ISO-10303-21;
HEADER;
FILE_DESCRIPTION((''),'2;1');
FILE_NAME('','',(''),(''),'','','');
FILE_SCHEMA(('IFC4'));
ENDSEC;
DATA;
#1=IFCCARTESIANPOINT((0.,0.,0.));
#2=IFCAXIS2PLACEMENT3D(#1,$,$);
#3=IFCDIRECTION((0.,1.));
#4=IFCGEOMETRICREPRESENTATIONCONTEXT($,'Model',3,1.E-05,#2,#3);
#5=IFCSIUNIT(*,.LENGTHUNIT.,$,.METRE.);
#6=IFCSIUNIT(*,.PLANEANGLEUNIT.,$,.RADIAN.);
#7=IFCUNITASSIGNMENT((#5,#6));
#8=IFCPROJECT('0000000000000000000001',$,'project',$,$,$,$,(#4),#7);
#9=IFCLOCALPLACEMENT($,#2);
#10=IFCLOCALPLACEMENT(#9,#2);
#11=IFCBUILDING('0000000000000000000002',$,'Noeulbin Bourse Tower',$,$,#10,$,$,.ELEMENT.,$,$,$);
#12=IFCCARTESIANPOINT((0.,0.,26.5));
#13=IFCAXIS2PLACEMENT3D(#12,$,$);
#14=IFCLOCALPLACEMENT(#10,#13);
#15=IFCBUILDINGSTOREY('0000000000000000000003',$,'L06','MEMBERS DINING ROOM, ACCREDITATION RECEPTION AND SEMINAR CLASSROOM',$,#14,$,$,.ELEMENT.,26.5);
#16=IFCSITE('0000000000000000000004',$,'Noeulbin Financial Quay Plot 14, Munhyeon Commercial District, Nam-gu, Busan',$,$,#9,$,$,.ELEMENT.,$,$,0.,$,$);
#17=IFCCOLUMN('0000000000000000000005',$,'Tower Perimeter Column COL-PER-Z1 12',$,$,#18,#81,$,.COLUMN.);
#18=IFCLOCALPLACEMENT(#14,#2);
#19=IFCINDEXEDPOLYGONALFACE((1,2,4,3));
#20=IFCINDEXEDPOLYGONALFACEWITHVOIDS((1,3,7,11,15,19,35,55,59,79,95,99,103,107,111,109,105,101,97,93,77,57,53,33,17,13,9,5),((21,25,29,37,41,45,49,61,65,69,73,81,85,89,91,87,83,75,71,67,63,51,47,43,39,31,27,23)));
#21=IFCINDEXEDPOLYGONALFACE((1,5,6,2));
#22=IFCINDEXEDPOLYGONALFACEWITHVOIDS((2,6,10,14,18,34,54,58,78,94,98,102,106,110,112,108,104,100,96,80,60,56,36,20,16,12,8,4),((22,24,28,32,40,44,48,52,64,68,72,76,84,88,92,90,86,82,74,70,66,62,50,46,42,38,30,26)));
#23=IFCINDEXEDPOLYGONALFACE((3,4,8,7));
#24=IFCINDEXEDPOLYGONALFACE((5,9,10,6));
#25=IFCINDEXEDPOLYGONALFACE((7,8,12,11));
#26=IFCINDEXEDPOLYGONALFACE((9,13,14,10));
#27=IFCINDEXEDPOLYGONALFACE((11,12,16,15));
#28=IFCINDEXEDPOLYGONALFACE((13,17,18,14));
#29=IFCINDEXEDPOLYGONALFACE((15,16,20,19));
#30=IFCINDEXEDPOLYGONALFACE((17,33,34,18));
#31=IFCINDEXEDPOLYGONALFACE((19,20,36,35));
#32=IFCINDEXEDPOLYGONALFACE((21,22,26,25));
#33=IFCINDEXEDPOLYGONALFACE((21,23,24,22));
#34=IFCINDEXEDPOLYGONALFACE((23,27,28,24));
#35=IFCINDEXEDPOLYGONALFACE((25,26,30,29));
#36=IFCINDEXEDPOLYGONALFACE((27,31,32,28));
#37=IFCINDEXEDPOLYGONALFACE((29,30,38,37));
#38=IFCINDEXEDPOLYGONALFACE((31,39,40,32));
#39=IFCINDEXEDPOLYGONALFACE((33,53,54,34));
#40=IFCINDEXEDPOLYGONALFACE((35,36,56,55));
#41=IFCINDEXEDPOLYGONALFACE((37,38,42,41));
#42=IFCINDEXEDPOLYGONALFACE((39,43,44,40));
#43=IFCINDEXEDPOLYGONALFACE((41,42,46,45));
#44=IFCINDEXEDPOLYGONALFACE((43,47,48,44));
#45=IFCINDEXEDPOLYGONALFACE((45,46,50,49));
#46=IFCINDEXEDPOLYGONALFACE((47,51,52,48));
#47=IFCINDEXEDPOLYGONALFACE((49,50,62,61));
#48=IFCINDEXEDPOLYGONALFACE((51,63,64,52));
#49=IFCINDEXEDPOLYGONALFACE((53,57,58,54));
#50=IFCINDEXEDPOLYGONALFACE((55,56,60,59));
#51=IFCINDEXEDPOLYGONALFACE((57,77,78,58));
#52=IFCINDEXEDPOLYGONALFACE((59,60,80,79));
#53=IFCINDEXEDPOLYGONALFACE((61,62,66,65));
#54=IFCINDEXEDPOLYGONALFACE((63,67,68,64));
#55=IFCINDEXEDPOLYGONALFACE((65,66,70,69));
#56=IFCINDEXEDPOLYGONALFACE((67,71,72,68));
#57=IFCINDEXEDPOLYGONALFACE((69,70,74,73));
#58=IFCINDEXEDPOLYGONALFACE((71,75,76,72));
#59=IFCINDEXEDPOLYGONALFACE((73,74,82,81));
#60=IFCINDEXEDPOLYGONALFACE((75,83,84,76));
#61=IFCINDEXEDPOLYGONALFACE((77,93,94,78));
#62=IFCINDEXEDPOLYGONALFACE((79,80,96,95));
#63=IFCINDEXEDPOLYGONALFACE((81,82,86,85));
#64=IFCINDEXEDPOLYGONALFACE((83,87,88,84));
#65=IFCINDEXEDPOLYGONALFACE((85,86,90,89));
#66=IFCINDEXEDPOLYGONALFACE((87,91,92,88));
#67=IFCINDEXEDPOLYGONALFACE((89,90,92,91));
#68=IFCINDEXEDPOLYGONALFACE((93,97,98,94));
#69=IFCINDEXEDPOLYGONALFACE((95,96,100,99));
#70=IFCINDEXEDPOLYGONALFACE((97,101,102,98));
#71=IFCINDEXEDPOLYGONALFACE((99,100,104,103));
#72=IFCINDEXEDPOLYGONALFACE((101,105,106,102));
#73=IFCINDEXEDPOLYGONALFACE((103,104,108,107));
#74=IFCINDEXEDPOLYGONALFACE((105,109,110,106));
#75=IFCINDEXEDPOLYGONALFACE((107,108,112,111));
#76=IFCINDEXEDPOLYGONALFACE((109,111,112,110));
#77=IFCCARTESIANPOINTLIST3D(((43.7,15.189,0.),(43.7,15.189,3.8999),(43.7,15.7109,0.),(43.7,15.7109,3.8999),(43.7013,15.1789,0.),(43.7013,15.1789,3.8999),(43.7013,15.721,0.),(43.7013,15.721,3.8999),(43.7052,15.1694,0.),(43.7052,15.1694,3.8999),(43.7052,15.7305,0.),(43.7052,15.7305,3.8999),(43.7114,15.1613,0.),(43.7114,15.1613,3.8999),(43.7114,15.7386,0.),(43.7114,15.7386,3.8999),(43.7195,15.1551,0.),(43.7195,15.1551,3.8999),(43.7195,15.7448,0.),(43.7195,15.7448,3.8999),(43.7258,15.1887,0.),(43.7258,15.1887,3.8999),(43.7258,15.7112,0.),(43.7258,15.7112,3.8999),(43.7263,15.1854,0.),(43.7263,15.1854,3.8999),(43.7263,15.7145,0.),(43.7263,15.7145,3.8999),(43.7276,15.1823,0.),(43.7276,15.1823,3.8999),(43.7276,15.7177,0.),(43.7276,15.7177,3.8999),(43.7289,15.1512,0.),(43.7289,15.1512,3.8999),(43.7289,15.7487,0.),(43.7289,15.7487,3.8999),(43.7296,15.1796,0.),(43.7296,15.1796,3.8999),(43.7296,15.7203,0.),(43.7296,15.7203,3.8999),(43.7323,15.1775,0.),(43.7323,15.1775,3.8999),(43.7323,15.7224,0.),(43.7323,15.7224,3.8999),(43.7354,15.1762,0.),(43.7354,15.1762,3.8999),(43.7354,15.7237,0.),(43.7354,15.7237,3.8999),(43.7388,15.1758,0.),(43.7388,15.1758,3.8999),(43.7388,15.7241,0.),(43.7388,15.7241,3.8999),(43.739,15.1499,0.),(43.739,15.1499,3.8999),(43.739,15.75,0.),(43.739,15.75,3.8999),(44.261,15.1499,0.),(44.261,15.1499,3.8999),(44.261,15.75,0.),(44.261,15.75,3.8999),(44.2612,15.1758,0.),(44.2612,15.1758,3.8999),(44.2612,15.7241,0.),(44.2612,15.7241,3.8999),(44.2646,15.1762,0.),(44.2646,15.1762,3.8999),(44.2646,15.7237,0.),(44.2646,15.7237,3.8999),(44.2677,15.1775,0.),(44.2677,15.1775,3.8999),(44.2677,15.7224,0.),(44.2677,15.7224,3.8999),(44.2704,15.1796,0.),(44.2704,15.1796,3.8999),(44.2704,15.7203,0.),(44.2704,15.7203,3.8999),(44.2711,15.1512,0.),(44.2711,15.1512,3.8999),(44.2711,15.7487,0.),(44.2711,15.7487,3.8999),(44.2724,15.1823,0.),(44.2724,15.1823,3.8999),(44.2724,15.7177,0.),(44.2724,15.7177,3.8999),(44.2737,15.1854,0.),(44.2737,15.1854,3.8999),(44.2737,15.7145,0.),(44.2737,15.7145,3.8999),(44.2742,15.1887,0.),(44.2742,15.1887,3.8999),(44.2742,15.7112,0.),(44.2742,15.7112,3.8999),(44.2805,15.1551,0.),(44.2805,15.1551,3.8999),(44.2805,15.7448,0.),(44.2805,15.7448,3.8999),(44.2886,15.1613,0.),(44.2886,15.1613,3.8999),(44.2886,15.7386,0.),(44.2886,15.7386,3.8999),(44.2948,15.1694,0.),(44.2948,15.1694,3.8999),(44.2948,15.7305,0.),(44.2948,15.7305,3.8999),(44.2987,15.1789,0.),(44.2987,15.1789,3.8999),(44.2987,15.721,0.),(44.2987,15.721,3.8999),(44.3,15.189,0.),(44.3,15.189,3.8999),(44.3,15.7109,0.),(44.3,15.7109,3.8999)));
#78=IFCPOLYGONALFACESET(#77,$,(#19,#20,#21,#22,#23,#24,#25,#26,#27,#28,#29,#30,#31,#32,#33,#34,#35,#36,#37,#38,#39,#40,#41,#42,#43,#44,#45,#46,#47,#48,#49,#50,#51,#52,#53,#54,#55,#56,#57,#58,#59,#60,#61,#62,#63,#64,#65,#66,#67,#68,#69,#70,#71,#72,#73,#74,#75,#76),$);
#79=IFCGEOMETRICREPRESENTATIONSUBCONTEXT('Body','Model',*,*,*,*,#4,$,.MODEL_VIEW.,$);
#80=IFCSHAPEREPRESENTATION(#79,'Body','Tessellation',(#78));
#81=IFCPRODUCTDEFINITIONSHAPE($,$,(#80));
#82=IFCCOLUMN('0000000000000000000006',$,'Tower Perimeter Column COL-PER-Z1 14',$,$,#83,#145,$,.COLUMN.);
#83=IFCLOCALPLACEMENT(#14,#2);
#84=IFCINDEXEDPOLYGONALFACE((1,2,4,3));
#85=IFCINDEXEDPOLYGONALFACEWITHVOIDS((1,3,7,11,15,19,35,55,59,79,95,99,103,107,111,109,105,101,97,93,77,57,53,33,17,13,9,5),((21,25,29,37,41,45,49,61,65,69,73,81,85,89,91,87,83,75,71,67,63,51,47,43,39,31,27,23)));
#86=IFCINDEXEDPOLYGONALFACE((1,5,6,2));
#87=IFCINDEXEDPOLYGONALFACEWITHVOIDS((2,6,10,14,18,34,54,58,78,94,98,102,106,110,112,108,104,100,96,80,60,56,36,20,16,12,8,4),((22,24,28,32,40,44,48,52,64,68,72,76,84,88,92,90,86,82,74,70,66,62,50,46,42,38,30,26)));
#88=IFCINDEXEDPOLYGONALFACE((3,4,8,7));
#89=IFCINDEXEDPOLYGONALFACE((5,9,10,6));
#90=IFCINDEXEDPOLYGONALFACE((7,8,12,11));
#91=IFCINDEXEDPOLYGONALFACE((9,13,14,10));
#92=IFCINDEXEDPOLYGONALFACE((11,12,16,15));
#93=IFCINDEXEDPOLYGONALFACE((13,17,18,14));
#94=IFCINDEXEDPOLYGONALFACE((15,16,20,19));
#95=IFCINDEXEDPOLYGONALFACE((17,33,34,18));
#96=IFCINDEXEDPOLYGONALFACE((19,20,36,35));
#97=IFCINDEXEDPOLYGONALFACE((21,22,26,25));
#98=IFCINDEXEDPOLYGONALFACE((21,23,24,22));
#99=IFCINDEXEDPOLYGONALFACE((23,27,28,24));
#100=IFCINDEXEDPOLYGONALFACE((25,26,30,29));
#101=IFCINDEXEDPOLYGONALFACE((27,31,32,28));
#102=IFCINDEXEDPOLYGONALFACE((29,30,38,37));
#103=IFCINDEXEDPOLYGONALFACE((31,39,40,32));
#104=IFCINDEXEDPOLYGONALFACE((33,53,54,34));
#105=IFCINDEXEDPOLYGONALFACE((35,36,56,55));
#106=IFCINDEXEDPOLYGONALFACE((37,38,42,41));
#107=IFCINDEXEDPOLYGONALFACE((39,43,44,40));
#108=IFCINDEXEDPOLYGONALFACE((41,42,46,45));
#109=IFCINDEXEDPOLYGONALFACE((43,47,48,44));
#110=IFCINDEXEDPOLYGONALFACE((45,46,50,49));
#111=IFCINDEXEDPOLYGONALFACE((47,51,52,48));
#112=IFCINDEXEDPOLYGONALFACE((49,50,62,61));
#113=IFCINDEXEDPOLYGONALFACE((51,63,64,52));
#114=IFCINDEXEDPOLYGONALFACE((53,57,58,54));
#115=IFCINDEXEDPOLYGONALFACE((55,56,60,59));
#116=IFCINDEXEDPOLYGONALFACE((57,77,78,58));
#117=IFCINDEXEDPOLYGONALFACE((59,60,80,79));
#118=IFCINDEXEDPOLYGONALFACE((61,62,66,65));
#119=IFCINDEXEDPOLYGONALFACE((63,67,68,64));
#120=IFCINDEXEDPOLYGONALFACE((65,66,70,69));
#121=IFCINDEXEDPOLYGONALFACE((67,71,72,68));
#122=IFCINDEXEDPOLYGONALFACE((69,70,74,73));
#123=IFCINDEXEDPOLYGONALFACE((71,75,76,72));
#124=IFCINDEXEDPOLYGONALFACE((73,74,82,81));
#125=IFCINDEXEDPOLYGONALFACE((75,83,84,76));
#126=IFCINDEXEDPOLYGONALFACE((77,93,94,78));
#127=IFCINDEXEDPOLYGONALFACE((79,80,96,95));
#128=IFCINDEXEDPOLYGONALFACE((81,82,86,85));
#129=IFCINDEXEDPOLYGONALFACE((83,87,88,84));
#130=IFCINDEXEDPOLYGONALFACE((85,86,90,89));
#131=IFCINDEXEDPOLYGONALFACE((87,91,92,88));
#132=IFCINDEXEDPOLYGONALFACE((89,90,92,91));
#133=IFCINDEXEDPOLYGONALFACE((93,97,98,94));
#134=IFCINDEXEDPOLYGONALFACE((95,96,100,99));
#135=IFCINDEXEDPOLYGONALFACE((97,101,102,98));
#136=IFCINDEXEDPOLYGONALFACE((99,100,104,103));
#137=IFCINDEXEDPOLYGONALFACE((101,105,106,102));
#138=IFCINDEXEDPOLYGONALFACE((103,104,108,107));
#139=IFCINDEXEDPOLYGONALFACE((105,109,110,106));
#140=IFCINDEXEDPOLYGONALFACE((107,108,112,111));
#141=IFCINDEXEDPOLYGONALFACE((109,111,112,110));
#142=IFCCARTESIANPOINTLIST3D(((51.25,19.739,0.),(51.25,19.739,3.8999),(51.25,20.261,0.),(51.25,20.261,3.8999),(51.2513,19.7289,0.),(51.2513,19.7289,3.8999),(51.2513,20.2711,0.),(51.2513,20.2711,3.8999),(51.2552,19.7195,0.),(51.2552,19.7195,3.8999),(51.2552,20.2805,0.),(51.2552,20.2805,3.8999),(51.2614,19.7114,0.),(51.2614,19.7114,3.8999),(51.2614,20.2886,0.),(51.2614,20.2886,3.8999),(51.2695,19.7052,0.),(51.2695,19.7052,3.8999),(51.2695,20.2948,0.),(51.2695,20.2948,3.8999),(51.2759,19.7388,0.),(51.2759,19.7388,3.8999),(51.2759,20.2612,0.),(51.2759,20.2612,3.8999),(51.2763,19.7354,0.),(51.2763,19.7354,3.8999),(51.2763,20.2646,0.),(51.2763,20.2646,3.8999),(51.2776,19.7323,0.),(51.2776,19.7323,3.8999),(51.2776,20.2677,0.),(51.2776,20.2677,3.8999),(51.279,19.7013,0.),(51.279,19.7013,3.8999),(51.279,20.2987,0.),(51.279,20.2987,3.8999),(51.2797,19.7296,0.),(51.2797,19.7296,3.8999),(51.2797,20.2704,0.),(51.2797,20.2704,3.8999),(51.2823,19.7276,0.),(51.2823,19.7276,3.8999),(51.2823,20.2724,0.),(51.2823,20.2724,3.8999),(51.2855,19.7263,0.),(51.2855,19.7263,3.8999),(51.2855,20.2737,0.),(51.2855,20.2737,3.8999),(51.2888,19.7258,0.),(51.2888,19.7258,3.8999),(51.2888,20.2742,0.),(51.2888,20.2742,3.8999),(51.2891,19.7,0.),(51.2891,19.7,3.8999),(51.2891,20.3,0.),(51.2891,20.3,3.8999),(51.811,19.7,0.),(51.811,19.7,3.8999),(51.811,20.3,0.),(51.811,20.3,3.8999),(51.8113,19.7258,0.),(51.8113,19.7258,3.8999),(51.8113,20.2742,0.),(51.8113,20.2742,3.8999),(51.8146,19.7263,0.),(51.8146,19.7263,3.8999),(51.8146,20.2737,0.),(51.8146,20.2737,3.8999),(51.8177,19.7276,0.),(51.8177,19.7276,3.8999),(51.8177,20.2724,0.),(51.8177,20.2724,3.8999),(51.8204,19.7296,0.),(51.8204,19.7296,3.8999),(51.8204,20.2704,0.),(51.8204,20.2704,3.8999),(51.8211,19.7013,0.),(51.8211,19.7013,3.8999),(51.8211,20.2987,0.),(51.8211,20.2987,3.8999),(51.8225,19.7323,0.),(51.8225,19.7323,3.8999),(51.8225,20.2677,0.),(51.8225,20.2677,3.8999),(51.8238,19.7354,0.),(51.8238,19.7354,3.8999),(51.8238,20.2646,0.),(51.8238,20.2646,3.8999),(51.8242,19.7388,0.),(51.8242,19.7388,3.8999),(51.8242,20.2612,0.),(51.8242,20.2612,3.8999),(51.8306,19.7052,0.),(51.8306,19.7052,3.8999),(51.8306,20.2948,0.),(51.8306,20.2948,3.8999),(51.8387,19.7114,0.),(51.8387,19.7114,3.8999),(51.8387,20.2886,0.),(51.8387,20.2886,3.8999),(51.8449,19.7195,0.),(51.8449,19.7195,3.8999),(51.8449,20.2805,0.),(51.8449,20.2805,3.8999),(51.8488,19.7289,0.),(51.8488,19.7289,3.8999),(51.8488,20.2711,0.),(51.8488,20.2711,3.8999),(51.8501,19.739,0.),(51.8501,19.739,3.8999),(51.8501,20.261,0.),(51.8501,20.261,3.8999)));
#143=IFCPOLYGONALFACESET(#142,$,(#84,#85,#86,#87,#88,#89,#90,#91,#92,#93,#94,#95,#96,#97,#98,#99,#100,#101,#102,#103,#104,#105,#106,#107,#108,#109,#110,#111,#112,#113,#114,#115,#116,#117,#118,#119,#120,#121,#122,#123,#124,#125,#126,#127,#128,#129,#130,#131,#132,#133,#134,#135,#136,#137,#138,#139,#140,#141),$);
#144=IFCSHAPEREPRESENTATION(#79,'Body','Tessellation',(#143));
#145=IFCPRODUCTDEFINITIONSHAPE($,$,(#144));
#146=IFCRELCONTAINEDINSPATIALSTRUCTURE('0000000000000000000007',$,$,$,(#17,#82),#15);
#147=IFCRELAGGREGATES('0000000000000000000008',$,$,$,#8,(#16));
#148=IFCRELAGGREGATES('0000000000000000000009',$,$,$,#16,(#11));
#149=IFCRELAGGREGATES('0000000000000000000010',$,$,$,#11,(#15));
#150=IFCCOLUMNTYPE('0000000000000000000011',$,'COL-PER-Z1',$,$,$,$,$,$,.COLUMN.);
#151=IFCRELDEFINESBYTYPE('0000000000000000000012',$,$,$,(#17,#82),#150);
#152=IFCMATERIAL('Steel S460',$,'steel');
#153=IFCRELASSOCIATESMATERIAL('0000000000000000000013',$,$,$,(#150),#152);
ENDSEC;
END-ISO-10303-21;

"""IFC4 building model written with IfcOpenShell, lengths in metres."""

from ifc_helpers import new_model, si_unit, direction, frame, origin, origin_2d, place, context, subcontext, project, spatial, hollow_rectangle, extrude, material, material_profile, profile_set, type_object, element, save


model = new_model("IFC4")

# Units and contexts
model_context = context("Model", 3, precision=1e-05, world=origin(), true_north=direction((0.0, 1.0)))
body_context = subcontext(model_context, "Body", "Model", "MODEL_VIEW")
ifc_project = project(units=[si_unit("LENGTHUNIT", "METRE"), si_unit("PLANEANGLEUNIT", "RADIAN")], contexts=[model_context])

# Site, building, storey
site_placement = place(None, origin())
site = spatial("IfcSite", under=ifc_project, at=site_placement, Name="Noeulbin Financial Quay Plot 14, Munhyeon Commercial District, Nam-gu, Busan", CompositionType="ELEMENT", RefElevation=0.0)
building_placement = place(site_placement, origin())
building = spatial("IfcBuilding", under=site, at=building_placement, Name="Noeulbin Bourse Tower", CompositionType="ELEMENT")
storey_placement = place(building_placement, frame((0.0, 0.0, 26.5)))
storey = spatial("IfcBuildingStorey", under=building, at=storey_placement, Name="L06", Description="MEMBERS DINING ROOM, ACCREDITATION RECEPTION AND SEMINAR CLASSROOM", CompositionType="ELEMENT", Elevation=26.5)

# Columns
ifc_material_1 = material(Name="Steel S460", Category="steel")
ifc_material_profile_1 = material_profile(ifc_material_1, hollow_rectangle(XDim=0.6001, YDim=0.6001, WallThickness=0.0259, InnerFilletRadius=0.0129, OuterFilletRadius=0.0391, at=origin_2d()), Name="BOX-600x600x26", Category="LoadBearing")
ifc_profile_set_1 = profile_set([ifc_material_profile_1], Name="Steel S460")
column_type_1 = type_object("IfcColumnType", Name="COL-PER-Z1", PredefinedType="COLUMN", material=ifc_profile_set_1)
for number, where, z_axis, x_axis, name in (
    (1, (44.0, 15.45, 0.0), (0.0, 0.0, 1.0), (1.0, 0.0, 0.0), "Tower Perimeter Column COL-PER-Z1 12"),
    (2, (51.55, 20.0, 0.0), (0.0, 0.0, 1.0), (1.0, 0.0, 0.0), "Tower Perimeter Column COL-PER-Z1 14"),
):
    element("IfcColumn", number, at=place(storey_placement, frame(where, z_axis=z_axis, x_axis=x_axis)), inside=storey, type_object=column_type_1, Name=name, PredefinedType="COLUMN", context=body_context, shape_type="SweptSolid", body=[
        extrude(hollow_rectangle(XDim=0.6001, YDim=0.6001, WallThickness=0.0259, InnerFilletRadius=0.0129, OuterFilletRadius=0.0391, at=origin_2d()), origin(), (0.0, 0.0, 1.0), 3.8999),
    ])

save(model, "model.ifc")
